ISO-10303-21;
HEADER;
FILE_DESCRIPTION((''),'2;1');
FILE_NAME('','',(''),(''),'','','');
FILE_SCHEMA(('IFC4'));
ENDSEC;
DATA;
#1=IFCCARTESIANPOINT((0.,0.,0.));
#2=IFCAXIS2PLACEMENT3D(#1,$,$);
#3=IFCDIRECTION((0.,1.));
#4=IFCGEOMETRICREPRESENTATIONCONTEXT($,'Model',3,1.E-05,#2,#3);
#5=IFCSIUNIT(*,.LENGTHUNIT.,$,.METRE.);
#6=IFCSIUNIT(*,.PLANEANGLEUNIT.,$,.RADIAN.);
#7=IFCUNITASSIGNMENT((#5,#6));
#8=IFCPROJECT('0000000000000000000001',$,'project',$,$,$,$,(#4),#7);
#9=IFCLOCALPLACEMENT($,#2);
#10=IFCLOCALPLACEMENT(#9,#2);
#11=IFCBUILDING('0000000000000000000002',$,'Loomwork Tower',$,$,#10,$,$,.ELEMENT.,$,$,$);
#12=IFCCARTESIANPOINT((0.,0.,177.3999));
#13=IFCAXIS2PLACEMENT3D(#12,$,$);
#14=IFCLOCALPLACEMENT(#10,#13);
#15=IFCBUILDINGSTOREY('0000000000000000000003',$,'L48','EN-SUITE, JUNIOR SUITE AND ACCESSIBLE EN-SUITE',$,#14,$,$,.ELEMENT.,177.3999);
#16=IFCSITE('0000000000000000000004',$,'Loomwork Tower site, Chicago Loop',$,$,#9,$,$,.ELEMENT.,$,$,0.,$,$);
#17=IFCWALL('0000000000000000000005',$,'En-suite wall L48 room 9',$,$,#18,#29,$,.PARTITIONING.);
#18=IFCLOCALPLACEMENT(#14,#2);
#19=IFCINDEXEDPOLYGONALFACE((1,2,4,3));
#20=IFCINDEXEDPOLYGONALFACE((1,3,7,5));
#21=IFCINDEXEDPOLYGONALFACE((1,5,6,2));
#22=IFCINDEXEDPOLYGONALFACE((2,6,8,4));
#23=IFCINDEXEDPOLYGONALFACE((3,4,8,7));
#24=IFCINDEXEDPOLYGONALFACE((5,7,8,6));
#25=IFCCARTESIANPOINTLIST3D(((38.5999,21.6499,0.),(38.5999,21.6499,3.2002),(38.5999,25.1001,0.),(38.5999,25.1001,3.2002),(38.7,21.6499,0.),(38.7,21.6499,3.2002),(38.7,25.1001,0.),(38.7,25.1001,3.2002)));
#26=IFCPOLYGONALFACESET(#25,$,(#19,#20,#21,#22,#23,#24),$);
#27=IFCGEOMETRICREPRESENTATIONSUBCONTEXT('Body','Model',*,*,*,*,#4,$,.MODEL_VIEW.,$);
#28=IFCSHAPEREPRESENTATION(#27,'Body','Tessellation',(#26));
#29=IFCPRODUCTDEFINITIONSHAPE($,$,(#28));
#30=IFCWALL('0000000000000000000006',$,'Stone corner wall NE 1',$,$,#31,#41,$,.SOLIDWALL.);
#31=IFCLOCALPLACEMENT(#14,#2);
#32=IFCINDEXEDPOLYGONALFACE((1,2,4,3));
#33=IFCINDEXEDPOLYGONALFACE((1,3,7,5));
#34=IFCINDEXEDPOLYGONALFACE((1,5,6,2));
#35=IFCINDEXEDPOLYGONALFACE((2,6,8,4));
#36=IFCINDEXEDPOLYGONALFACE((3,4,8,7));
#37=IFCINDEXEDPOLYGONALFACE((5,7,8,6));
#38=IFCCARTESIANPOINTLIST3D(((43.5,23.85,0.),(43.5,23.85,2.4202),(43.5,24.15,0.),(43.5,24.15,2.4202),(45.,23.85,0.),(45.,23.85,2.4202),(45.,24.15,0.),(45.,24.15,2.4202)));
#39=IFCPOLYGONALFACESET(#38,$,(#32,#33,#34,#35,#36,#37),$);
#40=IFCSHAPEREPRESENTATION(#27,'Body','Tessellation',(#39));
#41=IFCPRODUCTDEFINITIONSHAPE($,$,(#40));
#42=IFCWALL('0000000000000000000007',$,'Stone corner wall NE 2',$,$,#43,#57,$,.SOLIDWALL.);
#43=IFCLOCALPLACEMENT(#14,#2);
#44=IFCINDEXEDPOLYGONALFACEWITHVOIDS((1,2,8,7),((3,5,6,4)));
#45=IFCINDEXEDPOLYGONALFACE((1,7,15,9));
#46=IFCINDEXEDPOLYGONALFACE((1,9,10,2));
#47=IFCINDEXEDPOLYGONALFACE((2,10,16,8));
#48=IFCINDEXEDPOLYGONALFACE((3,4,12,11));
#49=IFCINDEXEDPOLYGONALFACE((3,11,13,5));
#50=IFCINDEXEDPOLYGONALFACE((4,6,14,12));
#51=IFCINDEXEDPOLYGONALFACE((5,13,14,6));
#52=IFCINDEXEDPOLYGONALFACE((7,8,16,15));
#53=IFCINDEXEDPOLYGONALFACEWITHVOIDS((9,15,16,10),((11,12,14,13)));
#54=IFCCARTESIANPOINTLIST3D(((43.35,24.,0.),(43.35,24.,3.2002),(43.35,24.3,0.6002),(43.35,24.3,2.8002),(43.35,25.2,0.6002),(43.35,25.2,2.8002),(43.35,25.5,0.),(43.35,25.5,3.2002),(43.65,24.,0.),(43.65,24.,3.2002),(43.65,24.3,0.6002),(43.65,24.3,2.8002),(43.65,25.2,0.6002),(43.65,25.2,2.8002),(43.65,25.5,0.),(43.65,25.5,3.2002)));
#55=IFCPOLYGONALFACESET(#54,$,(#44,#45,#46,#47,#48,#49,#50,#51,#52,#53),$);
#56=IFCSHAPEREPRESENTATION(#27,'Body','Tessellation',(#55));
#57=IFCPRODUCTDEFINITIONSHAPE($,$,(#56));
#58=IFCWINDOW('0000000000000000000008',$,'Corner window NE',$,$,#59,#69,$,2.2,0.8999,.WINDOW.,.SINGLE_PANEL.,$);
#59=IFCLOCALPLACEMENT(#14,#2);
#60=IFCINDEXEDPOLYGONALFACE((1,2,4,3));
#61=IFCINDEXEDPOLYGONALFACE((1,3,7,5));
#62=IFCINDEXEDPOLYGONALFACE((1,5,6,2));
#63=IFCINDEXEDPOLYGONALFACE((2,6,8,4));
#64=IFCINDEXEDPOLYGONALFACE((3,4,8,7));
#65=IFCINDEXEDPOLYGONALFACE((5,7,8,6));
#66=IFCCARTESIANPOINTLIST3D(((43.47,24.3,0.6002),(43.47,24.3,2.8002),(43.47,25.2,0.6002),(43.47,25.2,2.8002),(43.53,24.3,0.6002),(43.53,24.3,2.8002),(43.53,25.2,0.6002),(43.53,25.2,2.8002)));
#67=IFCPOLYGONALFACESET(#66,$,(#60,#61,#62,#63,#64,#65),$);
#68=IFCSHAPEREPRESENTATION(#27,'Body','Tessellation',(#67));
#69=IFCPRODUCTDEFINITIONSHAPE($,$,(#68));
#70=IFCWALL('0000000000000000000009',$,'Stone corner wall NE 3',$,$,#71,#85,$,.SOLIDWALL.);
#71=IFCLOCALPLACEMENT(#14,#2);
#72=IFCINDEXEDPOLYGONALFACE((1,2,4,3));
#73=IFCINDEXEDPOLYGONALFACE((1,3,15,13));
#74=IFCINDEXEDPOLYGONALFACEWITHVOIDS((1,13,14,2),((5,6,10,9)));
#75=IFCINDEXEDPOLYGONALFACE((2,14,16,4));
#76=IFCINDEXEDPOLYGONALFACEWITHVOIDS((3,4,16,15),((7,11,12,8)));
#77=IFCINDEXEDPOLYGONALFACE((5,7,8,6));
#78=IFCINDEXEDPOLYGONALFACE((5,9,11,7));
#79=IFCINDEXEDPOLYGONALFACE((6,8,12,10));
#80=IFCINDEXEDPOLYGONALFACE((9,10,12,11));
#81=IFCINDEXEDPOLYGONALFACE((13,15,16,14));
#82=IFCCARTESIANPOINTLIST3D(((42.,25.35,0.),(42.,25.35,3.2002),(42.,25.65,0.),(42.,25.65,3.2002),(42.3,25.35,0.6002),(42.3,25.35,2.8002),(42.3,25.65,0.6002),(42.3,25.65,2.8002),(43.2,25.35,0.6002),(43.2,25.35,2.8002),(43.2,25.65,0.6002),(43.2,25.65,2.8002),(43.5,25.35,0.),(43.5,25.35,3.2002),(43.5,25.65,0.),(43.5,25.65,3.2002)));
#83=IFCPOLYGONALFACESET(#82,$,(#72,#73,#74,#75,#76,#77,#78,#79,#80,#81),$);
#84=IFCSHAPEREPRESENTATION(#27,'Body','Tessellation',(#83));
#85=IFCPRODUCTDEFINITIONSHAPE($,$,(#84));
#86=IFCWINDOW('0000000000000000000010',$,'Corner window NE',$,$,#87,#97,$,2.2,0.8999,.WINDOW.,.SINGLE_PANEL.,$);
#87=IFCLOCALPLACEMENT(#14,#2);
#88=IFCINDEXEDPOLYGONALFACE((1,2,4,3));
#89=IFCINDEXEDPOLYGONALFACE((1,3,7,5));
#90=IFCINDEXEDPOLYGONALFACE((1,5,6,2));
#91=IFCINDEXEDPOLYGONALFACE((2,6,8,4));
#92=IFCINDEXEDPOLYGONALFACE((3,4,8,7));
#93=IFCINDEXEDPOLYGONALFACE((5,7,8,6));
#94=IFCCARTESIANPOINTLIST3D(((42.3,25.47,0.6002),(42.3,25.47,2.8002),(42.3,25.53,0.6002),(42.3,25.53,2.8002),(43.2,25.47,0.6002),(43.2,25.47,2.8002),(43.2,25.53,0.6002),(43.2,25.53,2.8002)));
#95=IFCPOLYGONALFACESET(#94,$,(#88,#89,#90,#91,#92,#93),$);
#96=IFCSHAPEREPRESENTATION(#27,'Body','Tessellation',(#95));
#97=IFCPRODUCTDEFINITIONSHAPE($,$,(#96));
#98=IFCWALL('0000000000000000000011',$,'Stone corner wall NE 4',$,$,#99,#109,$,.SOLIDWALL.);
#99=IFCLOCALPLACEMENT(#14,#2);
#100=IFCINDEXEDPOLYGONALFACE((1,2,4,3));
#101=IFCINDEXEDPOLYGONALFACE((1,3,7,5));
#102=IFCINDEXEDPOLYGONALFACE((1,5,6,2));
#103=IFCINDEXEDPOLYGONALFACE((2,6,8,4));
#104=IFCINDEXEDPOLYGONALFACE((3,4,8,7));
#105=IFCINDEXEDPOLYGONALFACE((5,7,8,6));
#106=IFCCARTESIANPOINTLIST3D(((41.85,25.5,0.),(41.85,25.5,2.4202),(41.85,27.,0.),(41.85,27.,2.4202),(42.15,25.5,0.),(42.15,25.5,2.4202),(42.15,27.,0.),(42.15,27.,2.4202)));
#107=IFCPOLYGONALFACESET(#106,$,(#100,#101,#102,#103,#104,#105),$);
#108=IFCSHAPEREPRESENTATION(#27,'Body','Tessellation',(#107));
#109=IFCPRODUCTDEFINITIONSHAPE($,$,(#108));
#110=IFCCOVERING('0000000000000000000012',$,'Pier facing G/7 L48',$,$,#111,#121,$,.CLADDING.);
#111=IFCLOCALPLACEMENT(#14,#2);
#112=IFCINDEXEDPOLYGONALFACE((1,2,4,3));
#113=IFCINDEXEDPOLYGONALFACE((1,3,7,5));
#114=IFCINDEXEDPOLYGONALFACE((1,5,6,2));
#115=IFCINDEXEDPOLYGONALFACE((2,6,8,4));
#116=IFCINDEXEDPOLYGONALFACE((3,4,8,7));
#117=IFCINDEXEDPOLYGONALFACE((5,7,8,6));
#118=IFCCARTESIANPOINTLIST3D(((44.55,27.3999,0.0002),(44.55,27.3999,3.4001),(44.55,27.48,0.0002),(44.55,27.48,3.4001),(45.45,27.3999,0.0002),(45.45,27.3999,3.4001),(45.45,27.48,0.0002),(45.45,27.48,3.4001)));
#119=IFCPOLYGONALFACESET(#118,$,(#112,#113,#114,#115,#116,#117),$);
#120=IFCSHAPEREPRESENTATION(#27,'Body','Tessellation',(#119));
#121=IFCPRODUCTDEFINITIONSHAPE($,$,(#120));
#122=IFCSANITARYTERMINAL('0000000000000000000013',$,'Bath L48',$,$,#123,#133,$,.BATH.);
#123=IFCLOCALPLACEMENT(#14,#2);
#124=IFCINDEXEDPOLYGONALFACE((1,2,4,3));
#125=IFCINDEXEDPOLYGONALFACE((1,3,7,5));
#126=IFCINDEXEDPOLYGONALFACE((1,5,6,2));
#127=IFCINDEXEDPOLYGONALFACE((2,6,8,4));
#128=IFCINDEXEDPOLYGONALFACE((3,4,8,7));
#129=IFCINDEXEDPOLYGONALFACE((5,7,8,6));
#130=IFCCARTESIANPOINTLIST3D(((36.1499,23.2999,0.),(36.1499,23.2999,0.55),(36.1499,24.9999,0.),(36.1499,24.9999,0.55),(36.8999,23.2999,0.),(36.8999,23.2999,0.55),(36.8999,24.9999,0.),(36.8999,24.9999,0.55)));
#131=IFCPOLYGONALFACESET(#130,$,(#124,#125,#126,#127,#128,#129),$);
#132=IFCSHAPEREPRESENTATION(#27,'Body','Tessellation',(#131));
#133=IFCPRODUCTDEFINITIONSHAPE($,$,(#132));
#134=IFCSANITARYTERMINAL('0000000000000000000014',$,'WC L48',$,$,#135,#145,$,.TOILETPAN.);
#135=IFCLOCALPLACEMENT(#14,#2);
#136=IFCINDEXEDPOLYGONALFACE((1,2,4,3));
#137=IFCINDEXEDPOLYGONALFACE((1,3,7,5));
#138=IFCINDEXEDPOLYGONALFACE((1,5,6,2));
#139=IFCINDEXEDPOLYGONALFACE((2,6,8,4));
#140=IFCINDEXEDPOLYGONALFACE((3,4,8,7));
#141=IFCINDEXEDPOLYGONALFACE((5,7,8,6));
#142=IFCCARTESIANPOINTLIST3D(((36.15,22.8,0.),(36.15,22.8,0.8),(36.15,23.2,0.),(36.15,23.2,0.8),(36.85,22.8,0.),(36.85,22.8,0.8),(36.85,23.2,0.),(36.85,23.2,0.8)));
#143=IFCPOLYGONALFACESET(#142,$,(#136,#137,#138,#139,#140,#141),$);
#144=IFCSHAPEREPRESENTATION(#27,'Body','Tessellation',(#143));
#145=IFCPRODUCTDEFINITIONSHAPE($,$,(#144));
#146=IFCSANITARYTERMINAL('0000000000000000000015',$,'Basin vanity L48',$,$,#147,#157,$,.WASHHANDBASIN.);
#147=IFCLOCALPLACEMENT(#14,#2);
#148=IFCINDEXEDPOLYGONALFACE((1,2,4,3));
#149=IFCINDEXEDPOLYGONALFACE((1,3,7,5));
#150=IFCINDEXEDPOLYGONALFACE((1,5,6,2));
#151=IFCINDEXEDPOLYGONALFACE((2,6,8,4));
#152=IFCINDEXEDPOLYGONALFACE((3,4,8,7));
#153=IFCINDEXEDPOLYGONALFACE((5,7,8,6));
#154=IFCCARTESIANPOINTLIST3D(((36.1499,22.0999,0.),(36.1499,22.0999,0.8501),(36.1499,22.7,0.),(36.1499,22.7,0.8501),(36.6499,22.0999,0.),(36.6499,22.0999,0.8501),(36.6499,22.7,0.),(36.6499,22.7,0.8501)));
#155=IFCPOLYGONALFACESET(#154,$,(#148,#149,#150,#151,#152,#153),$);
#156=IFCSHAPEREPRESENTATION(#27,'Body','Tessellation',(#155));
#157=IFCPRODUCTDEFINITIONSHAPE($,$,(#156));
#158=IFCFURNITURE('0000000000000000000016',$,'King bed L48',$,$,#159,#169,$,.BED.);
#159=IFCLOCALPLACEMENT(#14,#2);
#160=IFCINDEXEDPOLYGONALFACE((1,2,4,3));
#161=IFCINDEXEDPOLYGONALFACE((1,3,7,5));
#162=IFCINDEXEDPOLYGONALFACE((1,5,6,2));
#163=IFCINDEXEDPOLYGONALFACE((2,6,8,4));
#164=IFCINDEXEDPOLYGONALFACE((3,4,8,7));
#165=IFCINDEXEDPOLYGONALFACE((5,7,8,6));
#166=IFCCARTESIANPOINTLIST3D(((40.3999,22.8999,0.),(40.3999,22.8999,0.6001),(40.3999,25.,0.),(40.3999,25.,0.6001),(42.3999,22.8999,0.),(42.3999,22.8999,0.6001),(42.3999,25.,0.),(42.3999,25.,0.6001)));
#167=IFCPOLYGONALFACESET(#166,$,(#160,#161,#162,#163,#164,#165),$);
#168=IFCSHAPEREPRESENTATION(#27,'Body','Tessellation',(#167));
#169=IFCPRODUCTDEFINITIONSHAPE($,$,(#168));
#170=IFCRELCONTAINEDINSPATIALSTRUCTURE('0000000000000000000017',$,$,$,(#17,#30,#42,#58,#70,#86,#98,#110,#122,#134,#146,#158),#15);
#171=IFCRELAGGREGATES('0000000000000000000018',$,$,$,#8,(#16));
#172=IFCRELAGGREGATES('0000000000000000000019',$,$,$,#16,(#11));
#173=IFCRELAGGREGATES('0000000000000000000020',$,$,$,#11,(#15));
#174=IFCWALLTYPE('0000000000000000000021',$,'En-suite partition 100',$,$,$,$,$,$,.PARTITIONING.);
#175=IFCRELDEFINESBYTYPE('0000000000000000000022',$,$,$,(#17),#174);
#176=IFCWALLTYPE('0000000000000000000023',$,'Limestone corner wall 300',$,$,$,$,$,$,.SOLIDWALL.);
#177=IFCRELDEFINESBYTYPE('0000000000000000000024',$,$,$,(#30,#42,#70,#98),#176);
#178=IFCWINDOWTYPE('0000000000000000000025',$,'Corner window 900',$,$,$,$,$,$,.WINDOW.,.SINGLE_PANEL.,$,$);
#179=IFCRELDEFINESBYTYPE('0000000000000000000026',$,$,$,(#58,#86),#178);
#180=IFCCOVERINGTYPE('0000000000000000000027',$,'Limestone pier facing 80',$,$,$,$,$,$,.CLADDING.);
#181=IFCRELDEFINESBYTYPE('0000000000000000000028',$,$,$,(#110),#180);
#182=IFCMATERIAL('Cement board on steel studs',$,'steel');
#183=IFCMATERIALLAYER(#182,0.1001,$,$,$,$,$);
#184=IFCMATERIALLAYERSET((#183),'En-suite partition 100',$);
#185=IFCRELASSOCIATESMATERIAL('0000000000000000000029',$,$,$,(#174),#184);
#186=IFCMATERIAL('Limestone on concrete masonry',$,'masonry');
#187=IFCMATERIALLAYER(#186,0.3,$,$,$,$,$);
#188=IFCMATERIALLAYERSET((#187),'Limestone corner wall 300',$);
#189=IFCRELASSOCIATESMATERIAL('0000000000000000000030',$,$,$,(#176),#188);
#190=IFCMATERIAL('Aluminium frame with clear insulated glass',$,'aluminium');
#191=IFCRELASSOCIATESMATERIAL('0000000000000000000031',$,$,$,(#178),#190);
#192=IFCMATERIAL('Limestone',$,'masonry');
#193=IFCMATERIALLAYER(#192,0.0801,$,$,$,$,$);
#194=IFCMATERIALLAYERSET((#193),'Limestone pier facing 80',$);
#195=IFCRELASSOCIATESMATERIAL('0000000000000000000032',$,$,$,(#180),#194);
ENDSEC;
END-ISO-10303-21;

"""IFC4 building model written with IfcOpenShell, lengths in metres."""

from ifc_helpers import new_model, si_unit, direction, frame, frame_2d, origin, origin_2d, place, context, subcontext, project, spatial, rectangle, extrude, material, layer, layer_set, type_object, element, fill, save


model = new_model("IFC4")

# Units and contexts
model_context = context("Model", 3, precision=1e-05, world=origin(), true_north=direction((0.0, 1.0)))
body_context = subcontext(model_context, "Body", "Model", "MODEL_VIEW")
ifc_project = project(units=[si_unit("LENGTHUNIT", "METRE"), si_unit("PLANEANGLEUNIT", "RADIAN")], contexts=[model_context])

# Site, building, storey
site_placement = place(None, origin())
site = spatial("IfcSite", under=ifc_project, at=site_placement, Name="Loomwork Tower site, Chicago Loop", CompositionType="ELEMENT", RefElevation=0.0)
building_placement = place(site_placement, origin())
building = spatial("IfcBuilding", under=site, at=building_placement, Name="Loomwork Tower", CompositionType="ELEMENT")
storey_placement = place(building_placement, frame((0.0, 0.0, 177.3999)))
storey = spatial("IfcBuildingStorey", under=building, at=storey_placement, Name="L48", Description="EN-SUITE, JUNIOR SUITE AND ACCESSIBLE EN-SUITE", CompositionType="ELEMENT", Elevation=177.3999)

# Walls
ifc_material_1 = material(Name="Cement board on steel studs", Category="steel")
ifc_layer_1 = layer(ifc_material_1, 0.1001)
ifc_layer_set_1 = layer_set([ifc_layer_1], Name="En-suite partition 100")
wall_type_1 = type_object("IfcWallType", Name="En-suite partition 100", PredefinedType="PARTITIONING", material=ifc_layer_set_1)
wall_1_placement = place(storey_placement, frame((38.6499, 21.6499, 0.0), z_axis=(0.0, 0.0, 1.0), x_axis=(0.0, 1.0, 0.0)))
element("IfcWall", 1, at=wall_1_placement, inside=storey, type_object=wall_type_1, Name="En-suite wall L48 room 9", PredefinedType="PARTITIONING", context=body_context, shape_type="SweptSolid", body=[
    extrude(rectangle(XDim=3.4502, YDim=0.1001, at=frame_2d((1.7251, 0.0))), origin(), (0.0, 0.0, 1.0), 3.2002),
])
ifc_material_2 = material(Name="Limestone on concrete masonry", Category="masonry")
ifc_layer_2 = layer(ifc_material_2, 0.3)
ifc_layer_set_2 = layer_set([ifc_layer_2], Name="Limestone corner wall 300")
wall_type_2 = type_object("IfcWallType", Name="Limestone corner wall 300", PredefinedType="SOLIDWALL", material=ifc_layer_set_2)
wall_2_placement = place(storey_placement, frame((45.0, 24.0, 0.0), z_axis=(0.0, 0.0, 1.0), x_axis=(-1.0, 0.0, 0.0)))
element("IfcWall", 2, at=wall_2_placement, inside=storey, type_object=wall_type_2, Name="Stone corner wall NE 1", PredefinedType="SOLIDWALL", context=body_context, shape_type="SweptSolid", body=[
    extrude(rectangle(XDim=1.5, YDim=0.3, at=frame_2d((0.75, 0.0))), origin(), (0.0, 0.0, 1.0), 2.4202),
])

# Walls, openings, windows
wall_3_placement = place(storey_placement, frame((43.5, 24.0, 0.0), z_axis=(0.0, 0.0, 1.0), x_axis=(0.0, 1.0, 0.0)))
wall_3 = element("IfcWall", 3, at=wall_3_placement, inside=storey, type_object=wall_type_2, Name="Stone corner wall NE 2", PredefinedType="SOLIDWALL", context=body_context, shape_type="SweptSolid", body=[
    extrude(rectangle(XDim=1.5, YDim=0.3, at=frame_2d((0.75, 0.0))), origin(), (0.0, 0.0, 1.0), 3.2002),
])
opening_1_placement = place(wall_3_placement, frame((0.3, 0.0, 0.6001)))
opening_1 = element("IfcOpeningElement", 4, at=opening_1_placement, cuts=wall_3, PredefinedType="OPENING", context=body_context, shape_type="SweptSolid", body=[
    extrude(rectangle(XDim=0.8999, YDim=2.2, at=frame_2d((0.45, 1.1001))), frame((0.0, 0.1599, 0.0), z_axis=(0.0, -1.0, 0.0), x_axis=(1.0, 0.0, 0.0)), (0.0, 0.0, 1.0), 0.3201),
])
ifc_material_3 = material(Name="Aluminium frame with clear insulated glass", Category="aluminium")
window_type = type_object("IfcWindowType", Name="Corner window 900", PartitioningType="SINGLE_PANEL", PredefinedType="WINDOW", material=ifc_material_3)
window_1_placement = place(opening_1_placement, origin())
window_1 = element("IfcWindow", 5, at=window_1_placement, inside=storey, type_object=window_type, Name="Corner window NE", OverallHeight=2.2, OverallWidth=0.8999, PartitioningType="SINGLE_PANEL", PredefinedType="WINDOW", context=body_context, shape_type="SweptSolid", body=[
    extrude(rectangle(XDim=0.8999, YDim=2.2, at=frame_2d((0.45, 1.1001))), frame((0.0, 0.03, 0.0), z_axis=(0.0, -1.0, 0.0), x_axis=(1.0, 0.0, 0.0)), (0.0, 0.0, 1.0), 0.0601),
])
fill(opening_1, window_1)
wall_4_placement = place(storey_placement, frame((43.5, 25.5, 0.0), z_axis=(0.0, 0.0, 1.0), x_axis=(-1.0, 0.0, 0.0)))
wall_4 = element("IfcWall", 6, at=wall_4_placement, inside=storey, type_object=wall_type_2, Name="Stone corner wall NE 3", PredefinedType="SOLIDWALL", context=body_context, shape_type="SweptSolid", body=[
    extrude(rectangle(XDim=1.5, YDim=0.3, at=frame_2d((0.75, 0.0))), origin(), (0.0, 0.0, 1.0), 3.2002),
])
opening_2_placement = place(wall_4_placement, frame((0.3, 0.0, 0.6001)))
opening_2 = element("IfcOpeningElement", 7, at=opening_2_placement, cuts=wall_4, PredefinedType="OPENING", context=body_context, shape_type="SweptSolid", body=[
    extrude(rectangle(XDim=0.8999, YDim=2.2, at=frame_2d((0.45, 1.1001))), frame((0.0, 0.1599, 0.0), z_axis=(0.0, -1.0, 0.0), x_axis=(1.0, 0.0, 0.0)), (0.0, 0.0, 1.0), 0.3201),
])
window_2_placement = place(opening_2_placement, origin())
window_2 = element("IfcWindow", 8, at=window_2_placement, inside=storey, type_object=window_type, Name="Corner window NE", OverallHeight=2.2, OverallWidth=0.8999, PartitioningType="SINGLE_PANEL", PredefinedType="WINDOW", context=body_context, shape_type="SweptSolid", body=[
    extrude(rectangle(XDim=0.8999, YDim=2.2, at=frame_2d((0.45, 1.1001))), frame((0.0, 0.03, 0.0), z_axis=(0.0, -1.0, 0.0), x_axis=(1.0, 0.0, 0.0)), (0.0, 0.0, 1.0), 0.0601),
])
fill(opening_2, window_2)

# Wall
wall_5_placement = place(storey_placement, frame((42.0, 25.5, 0.0), z_axis=(0.0, 0.0, 1.0), x_axis=(0.0, 1.0, 0.0)))
element("IfcWall", 9, at=wall_5_placement, inside=storey, type_object=wall_type_2, Name="Stone corner wall NE 4", PredefinedType="SOLIDWALL", context=body_context, shape_type="SweptSolid", body=[
    extrude(rectangle(XDim=1.5, YDim=0.3, at=frame_2d((0.75, 0.0))), origin(), (0.0, 0.0, 1.0), 2.4202),
])

# Covering
ifc_material_4 = material(Name="Limestone", Category="masonry")
ifc_layer_3 = layer(ifc_material_4, 0.0801)
ifc_layer_set_3 = layer_set([ifc_layer_3], Name="Limestone pier facing 80")
covering_type = type_object("IfcCoveringType", Name="Limestone pier facing 80", PredefinedType="CLADDING", material=ifc_layer_set_3)
covering_placement = place(storey_placement, frame((45.0, 27.4399, 0.0002), z_axis=(0.0, 0.0, 1.0), x_axis=(1.0, 0.0, 0.0)))
element("IfcCovering", 10, at=covering_placement, inside=storey, type_object=covering_type, Name="Pier facing G/7 L48", PredefinedType="CLADDING", context=body_context, shape_type="SweptSolid", body=[
    extrude(rectangle(XDim=0.8999, YDim=0.0801, at=origin_2d()), origin(), (0.0, 0.0, 1.0), 3.3999),
])

# Sanitary terminals
sanitary_terminal_1_placement = place(storey_placement, frame((36.5249, 24.1499, 0.0), z_axis=(0.0, 0.0, 1.0), x_axis=(1.0, 0.0, 0.0)))
element("IfcSanitaryTerminal", 11, at=sanitary_terminal_1_placement, inside=storey, Name="Bath L48", PredefinedType="BATH", context=body_context, shape_type="SweptSolid", body=[
    extrude(rectangle(XDim=0.75, YDim=1.7, at=origin_2d()), origin(), (0.0, 0.0, 1.0), 0.55),
])
sanitary_terminal_2_placement = place(storey_placement, frame((36.5, 23.0, 0.0), z_axis=(0.0, 0.0, 1.0), x_axis=(1.0, 0.0, 0.0)))
element("IfcSanitaryTerminal", 12, at=sanitary_terminal_2_placement, inside=storey, Name="WC L48", PredefinedType="TOILETPAN", context=body_context, shape_type="SweptSolid", body=[
    extrude(rectangle(XDim=0.7, YDim=0.3999, at=origin_2d()), origin(), (0.0, 0.0, 1.0), 0.8),
])
sanitary_terminal_3_placement = place(storey_placement, frame((36.3999, 22.3999, 0.0), z_axis=(0.0, 0.0, 1.0), x_axis=(1.0, 0.0, 0.0)))
element("IfcSanitaryTerminal", 13, at=sanitary_terminal_3_placement, inside=storey, Name="Basin vanity L48", PredefinedType="WASHHANDBASIN", context=body_context, shape_type="SweptSolid", body=[
    extrude(rectangle(XDim=0.5, YDim=0.6001, at=origin_2d()), origin(), (0.0, 0.0, 1.0), 0.8501),
])

# Furniture
furniture_placement = place(storey_placement, frame((41.3999, 23.95, 0.0), z_axis=(0.0, 0.0, 1.0), x_axis=(1.0, 0.0, 0.0)))
element("IfcFurniture", 14, at=furniture_placement, inside=storey, Name="King bed L48", PredefinedType="BED", context=body_context, shape_type="SweptSolid", body=[
    extrude(rectangle(XDim=2.0, YDim=2.1001, at=origin_2d()), origin(), (0.0, 0.0, 1.0), 0.6001),
])

save(model, "model.ifc")
